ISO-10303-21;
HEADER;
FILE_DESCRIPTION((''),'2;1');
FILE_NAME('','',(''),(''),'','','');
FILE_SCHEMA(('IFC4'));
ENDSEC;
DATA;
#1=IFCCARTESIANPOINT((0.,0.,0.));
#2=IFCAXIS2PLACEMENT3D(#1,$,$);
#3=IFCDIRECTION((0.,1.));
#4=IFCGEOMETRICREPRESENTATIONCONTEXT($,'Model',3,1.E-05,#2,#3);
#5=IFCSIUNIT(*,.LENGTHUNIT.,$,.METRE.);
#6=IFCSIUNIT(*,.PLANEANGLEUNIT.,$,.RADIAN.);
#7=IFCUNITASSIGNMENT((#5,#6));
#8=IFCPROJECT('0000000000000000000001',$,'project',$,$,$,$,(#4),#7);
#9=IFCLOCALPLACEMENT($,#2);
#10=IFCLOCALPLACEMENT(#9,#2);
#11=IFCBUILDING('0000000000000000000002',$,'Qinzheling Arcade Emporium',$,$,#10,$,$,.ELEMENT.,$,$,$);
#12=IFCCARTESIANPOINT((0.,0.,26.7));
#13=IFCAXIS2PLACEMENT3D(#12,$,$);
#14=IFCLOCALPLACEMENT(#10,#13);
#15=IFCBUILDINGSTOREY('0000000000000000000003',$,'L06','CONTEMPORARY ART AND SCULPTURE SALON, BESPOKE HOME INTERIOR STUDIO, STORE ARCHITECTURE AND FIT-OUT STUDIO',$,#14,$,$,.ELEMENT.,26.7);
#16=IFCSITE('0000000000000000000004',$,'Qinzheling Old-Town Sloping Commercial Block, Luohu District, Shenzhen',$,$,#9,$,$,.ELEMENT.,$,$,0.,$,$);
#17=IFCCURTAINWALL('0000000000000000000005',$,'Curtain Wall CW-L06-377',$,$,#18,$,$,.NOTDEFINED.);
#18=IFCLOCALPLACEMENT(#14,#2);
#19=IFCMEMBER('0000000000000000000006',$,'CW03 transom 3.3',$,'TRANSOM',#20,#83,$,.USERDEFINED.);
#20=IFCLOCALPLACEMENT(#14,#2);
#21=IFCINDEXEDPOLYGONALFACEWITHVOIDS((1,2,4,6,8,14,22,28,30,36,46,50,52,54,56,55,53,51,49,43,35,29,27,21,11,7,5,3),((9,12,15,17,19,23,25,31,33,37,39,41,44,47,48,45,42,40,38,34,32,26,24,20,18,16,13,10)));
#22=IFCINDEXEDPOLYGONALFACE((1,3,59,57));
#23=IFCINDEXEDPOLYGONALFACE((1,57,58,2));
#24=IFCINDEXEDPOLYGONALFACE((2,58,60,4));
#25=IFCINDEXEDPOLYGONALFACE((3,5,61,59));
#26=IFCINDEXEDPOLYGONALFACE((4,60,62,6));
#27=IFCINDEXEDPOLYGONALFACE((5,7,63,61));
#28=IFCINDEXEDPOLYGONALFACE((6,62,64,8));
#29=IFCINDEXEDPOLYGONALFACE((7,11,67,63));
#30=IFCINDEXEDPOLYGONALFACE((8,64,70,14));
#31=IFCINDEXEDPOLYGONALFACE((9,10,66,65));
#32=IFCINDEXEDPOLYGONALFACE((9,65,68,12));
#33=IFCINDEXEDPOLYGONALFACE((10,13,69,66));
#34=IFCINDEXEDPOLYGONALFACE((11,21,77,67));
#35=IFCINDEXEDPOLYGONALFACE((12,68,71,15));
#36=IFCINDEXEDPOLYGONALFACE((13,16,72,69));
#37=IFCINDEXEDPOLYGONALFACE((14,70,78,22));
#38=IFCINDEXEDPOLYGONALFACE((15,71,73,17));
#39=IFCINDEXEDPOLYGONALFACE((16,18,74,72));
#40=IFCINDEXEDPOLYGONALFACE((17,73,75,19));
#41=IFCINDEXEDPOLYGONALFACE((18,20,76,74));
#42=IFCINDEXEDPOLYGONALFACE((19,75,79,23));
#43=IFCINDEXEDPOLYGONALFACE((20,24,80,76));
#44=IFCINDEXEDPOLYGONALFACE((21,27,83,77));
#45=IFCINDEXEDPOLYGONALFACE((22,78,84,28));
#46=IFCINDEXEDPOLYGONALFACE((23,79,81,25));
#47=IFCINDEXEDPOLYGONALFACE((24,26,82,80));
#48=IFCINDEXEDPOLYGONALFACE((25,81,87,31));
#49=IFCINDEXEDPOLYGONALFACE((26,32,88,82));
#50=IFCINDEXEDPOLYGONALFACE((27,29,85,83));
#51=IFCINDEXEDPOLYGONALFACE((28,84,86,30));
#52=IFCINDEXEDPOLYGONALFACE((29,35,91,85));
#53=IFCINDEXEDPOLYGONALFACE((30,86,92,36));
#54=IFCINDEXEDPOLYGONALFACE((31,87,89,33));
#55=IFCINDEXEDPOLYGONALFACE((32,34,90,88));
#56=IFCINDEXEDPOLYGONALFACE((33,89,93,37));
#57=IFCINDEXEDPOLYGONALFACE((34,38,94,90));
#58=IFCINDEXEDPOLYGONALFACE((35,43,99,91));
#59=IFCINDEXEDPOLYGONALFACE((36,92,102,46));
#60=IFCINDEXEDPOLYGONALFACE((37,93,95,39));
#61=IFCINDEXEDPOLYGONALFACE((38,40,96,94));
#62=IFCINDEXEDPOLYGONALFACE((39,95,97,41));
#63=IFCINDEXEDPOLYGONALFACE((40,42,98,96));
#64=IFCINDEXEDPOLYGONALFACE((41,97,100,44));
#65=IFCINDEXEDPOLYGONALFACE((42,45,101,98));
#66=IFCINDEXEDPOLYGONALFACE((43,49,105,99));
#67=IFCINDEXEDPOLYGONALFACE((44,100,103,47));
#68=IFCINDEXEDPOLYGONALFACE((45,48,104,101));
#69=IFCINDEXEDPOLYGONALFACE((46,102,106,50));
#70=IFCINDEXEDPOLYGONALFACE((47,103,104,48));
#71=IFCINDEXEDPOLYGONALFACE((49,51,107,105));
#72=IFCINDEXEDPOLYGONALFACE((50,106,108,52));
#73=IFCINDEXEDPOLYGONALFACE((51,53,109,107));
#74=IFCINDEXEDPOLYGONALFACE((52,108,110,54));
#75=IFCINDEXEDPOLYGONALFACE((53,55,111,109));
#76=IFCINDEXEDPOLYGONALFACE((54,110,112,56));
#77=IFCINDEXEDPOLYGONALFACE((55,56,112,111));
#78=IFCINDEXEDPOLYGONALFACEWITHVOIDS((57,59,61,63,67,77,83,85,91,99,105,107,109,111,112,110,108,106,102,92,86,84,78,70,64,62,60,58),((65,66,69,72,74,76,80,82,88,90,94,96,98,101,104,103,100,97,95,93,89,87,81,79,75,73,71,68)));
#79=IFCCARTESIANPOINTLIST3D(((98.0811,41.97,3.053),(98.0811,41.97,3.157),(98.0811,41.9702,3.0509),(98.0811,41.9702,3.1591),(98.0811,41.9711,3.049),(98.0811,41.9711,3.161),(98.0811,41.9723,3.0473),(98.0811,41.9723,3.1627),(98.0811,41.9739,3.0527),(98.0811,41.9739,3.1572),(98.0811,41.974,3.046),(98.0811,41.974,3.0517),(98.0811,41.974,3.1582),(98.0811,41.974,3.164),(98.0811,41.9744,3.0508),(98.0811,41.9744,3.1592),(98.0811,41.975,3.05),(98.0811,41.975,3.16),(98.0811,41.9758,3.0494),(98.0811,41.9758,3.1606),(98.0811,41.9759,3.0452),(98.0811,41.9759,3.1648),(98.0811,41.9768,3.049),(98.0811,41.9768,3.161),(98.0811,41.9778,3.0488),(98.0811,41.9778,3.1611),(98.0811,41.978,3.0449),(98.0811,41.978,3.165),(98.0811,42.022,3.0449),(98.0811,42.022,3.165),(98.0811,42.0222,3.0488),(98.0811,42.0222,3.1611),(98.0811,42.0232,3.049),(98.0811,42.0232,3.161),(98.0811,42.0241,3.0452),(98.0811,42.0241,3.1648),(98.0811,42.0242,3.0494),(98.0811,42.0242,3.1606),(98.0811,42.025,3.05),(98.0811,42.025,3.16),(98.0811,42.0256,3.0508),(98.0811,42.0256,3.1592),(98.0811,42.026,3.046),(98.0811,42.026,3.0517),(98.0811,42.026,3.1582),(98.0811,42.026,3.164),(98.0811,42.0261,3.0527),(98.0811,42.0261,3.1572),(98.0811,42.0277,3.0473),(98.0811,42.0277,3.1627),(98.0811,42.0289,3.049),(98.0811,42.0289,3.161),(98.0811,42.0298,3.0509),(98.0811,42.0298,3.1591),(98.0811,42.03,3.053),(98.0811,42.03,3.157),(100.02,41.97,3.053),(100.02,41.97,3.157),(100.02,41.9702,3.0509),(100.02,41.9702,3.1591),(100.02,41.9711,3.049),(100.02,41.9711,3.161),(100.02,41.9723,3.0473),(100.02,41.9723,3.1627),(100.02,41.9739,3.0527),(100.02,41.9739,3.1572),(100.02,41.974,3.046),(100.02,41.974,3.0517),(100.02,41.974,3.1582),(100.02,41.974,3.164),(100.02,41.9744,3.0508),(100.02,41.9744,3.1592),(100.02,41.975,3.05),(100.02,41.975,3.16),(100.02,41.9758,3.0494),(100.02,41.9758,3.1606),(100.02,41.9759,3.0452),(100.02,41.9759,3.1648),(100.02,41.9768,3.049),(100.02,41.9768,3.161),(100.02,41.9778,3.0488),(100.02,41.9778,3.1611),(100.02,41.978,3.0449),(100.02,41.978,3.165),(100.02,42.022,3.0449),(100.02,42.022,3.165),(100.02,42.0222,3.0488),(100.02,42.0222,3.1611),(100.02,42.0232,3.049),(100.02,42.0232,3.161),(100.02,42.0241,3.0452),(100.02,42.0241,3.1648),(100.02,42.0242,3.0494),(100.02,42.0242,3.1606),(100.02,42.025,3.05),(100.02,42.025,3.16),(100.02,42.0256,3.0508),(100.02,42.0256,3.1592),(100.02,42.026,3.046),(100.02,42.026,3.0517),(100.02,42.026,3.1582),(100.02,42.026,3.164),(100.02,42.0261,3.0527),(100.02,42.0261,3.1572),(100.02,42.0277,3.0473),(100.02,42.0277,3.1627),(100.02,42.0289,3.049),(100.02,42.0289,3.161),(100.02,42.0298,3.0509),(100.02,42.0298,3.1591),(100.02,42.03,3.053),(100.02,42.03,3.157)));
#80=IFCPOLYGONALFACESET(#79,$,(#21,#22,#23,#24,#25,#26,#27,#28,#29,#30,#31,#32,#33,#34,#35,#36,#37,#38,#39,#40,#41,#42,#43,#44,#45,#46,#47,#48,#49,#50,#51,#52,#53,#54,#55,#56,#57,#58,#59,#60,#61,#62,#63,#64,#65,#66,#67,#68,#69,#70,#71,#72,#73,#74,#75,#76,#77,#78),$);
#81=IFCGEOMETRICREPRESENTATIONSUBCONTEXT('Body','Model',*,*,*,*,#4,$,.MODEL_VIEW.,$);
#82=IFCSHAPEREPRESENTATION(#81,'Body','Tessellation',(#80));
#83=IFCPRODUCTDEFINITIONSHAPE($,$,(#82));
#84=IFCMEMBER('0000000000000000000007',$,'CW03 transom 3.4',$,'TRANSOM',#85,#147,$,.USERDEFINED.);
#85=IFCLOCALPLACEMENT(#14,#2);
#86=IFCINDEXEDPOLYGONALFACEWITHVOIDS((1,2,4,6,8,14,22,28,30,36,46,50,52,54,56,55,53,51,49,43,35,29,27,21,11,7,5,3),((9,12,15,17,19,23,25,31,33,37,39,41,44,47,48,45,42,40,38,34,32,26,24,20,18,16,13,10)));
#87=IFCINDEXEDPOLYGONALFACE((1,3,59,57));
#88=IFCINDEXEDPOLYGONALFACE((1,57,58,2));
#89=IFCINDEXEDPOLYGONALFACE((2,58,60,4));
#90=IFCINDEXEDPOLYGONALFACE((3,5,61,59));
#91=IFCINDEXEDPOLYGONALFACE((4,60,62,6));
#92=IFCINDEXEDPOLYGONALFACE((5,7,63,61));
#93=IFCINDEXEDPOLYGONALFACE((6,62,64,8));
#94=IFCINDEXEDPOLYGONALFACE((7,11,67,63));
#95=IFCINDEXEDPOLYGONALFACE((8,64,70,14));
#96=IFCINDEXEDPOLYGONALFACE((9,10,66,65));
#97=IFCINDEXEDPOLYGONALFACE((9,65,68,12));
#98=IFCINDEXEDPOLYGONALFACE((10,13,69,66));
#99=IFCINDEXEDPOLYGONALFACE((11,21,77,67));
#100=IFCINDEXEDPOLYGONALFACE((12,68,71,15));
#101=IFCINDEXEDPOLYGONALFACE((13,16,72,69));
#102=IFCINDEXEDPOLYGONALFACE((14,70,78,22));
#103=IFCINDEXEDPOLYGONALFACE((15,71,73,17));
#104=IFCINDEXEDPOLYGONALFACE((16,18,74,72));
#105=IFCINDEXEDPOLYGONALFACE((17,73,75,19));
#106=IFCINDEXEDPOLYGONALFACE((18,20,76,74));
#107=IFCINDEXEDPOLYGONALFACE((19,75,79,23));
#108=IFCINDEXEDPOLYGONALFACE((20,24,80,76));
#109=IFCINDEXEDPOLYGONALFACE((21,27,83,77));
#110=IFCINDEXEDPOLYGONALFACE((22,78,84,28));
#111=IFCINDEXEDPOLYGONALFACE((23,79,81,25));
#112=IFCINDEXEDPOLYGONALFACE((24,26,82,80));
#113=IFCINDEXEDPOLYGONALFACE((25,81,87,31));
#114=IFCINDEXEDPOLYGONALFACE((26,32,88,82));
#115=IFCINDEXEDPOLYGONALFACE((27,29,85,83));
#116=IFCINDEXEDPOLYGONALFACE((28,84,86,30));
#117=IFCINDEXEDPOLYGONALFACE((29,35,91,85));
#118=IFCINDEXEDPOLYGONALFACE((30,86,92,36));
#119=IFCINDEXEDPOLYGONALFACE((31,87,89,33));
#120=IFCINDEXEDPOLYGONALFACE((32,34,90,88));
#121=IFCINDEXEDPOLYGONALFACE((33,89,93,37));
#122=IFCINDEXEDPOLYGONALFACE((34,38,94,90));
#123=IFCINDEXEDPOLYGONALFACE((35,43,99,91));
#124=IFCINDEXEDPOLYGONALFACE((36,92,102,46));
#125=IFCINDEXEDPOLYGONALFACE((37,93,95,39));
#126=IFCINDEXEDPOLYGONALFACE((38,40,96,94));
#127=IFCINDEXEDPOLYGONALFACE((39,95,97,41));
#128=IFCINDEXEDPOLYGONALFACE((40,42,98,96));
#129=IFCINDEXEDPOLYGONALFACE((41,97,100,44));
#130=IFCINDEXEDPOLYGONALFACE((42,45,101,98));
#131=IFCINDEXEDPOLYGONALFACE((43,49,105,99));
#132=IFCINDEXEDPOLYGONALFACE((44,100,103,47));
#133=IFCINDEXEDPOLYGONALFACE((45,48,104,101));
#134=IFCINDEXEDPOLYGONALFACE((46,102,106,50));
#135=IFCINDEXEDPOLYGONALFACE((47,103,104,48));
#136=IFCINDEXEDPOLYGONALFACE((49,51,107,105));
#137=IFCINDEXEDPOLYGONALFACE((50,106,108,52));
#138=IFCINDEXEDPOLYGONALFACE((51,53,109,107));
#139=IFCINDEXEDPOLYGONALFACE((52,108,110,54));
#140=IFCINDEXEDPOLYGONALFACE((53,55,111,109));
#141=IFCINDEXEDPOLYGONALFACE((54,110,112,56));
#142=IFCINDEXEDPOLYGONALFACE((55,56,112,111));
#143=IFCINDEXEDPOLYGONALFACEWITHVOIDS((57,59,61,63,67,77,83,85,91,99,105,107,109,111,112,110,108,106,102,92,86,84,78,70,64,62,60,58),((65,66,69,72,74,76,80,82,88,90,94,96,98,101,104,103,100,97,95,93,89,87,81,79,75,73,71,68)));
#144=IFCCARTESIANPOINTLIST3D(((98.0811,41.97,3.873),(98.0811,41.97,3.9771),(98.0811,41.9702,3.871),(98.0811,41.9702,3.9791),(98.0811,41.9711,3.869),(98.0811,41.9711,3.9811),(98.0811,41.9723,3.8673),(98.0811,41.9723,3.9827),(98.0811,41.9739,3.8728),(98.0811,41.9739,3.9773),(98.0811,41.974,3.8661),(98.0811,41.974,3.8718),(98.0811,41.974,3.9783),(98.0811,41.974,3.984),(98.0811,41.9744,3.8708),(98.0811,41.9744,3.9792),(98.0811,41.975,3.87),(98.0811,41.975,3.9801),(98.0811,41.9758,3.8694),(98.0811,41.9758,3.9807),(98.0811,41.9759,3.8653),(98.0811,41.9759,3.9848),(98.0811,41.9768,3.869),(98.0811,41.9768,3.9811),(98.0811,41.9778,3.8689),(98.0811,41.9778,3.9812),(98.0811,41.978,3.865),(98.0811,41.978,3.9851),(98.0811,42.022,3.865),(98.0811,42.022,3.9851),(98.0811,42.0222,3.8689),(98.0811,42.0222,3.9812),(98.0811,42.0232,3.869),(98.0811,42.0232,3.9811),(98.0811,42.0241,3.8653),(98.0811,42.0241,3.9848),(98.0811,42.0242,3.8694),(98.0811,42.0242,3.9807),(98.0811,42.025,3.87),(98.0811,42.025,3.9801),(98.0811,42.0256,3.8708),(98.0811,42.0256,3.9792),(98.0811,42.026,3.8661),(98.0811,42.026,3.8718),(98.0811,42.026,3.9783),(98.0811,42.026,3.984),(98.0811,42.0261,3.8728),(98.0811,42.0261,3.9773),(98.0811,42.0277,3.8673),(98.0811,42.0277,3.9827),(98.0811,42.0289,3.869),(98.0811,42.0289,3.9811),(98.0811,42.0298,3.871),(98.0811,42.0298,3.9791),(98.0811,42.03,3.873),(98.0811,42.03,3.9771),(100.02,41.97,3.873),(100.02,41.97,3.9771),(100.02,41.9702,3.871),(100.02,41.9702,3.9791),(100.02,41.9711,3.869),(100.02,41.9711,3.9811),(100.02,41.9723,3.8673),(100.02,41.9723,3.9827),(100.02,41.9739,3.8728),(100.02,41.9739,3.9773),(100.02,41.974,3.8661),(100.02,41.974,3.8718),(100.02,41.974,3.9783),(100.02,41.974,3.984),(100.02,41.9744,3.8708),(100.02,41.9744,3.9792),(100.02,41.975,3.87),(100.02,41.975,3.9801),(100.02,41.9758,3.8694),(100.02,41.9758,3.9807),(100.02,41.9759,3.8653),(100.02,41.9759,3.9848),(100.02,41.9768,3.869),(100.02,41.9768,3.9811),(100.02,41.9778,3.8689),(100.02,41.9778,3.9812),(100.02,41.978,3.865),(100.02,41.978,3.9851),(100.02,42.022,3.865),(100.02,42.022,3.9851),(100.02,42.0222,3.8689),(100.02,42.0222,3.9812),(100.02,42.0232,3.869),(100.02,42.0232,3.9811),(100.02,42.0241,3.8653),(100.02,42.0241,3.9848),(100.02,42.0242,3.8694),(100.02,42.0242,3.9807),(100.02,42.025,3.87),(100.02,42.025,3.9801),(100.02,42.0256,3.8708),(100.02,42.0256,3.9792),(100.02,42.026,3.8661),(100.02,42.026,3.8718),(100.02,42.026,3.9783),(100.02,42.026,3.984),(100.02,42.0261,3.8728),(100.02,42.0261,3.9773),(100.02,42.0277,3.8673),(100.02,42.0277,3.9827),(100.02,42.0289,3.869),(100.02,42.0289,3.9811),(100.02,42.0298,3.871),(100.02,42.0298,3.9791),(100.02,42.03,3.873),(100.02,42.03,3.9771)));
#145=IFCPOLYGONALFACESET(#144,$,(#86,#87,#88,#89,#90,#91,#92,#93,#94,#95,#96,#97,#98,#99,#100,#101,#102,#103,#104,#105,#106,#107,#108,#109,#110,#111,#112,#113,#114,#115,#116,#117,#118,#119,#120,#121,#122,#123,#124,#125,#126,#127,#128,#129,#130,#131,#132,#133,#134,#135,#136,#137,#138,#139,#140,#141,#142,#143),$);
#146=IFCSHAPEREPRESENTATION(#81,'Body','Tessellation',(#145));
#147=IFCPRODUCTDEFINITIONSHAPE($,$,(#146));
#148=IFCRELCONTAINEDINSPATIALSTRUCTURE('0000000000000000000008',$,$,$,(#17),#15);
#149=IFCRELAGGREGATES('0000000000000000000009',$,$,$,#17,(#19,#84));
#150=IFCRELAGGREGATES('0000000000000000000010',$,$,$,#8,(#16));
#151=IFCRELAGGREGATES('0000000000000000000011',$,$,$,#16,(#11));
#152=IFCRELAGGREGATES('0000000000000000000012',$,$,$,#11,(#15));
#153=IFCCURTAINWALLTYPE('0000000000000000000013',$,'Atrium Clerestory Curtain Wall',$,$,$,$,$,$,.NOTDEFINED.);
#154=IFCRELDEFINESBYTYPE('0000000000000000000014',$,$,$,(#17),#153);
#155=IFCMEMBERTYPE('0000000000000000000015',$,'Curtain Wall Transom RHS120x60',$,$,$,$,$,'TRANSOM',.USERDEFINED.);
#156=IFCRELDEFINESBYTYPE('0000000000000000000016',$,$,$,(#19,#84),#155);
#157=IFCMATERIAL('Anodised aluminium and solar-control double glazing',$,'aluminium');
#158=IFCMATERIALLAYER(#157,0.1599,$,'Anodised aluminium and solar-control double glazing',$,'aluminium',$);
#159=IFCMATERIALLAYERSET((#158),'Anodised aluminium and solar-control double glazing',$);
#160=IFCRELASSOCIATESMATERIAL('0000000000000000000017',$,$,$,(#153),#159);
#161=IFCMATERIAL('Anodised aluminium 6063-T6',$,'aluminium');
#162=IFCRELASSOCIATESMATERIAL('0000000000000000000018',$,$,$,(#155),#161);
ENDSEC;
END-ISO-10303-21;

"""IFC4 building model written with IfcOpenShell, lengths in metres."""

from ifc_helpers import new_model, si_unit, direction, frame, origin, origin_2d, place, context, subcontext, project, spatial, hollow_rectangle, extrude, material, layer, layer_set, material_profile, profile_set, type_object, element, aggregate, save


model = new_model("IFC4")

# Units and contexts
model_context = context("Model", 3, precision=1e-05, world=origin(), true_north=direction((0.0, 1.0)))
body_context = subcontext(model_context, "Body", "Model", "MODEL_VIEW")
ifc_project = project(units=[si_unit("LENGTHUNIT", "METRE"), si_unit("PLANEANGLEUNIT", "RADIAN")], contexts=[model_context])

# Site, building, storey
site_placement = place(None, origin())
site = spatial("IfcSite", under=ifc_project, at=site_placement, Name="Qinzheling Old-Town Sloping Commercial Block, Luohu District, Shenzhen", CompositionType="ELEMENT", RefElevation=0.0)
building_placement = place(site_placement, origin())
building = spatial("IfcBuilding", under=site, at=building_placement, Name="Qinzheling Arcade Emporium", CompositionType="ELEMENT")
storey_placement = place(building_placement, frame((0.0, 0.0, 26.7)))
storey = spatial("IfcBuildingStorey", under=building, at=storey_placement, Name="L06", Description="CONTEMPORARY ART AND SCULPTURE SALON, BESPOKE HOME INTERIOR STUDIO, STORE ARCHITECTURE AND FIT-OUT STUDIO", CompositionType="ELEMENT", Elevation=26.7)

# Curtain wall, members
ifc_material_1 = material(Name="Anodised aluminium and solar-control double glazing", Category="aluminium")
ifc_layer_1 = layer(ifc_material_1, 0.1599, Name="Anodised aluminium and solar-control double glazing", Category="aluminium")
ifc_layer_set_1 = layer_set([ifc_layer_1], Name="Anodised aluminium and solar-control double glazing")
curtain_wall_type = type_object("IfcCurtainWallType", Name="Atrium Clerestory Curtain Wall", PredefinedType="NOTDEFINED", material=ifc_layer_set_1)
curtain_wall_placement = place(storey_placement, origin())
curtain_wall = element("IfcCurtainWall", 1, at=curtain_wall_placement, inside=storey, type_object=curtain_wall_type, Name="Curtain Wall CW-L06-377", PredefinedType="NOTDEFINED")
ifc_material_2 = material(Name="Anodised aluminium 6063-T6", Category="aluminium")
ifc_material_profile_1 = material_profile(ifc_material_2, hollow_rectangle(XDim=0.0601, YDim=0.1201, WallThickness=0.0039, InnerFilletRadius=0.0039, OuterFilletRadius=0.0081, at=origin_2d()), Name="RHS 120x60x4", Category="aluminium")
ifc_profile_set_1 = profile_set([ifc_material_profile_1], Name="Anodised aluminium 6063-T6")
member_type_1 = type_object("IfcMemberType", Name="Curtain Wall Transom RHS120x60", ElementType="TRANSOM", PredefinedType="USERDEFINED", material=ifc_profile_set_1)
member_1_placement = place(storey_placement, frame((100.02, 42.0, 3.105), z_axis=(-1.0, 0.0, 0.0), x_axis=(0.0, -1.0, 0.0)))
member_1 = element("IfcMember", 2, at=member_1_placement, type_object=member_type_1, Name="CW03 transom 3.3", ObjectType="TRANSOM", PredefinedType="USERDEFINED", context=body_context, shape_type="SweptSolid", body=[
    extrude(hollow_rectangle(XDim=0.0601, YDim=0.1201, WallThickness=0.0039, InnerFilletRadius=0.0039, OuterFilletRadius=0.0081, at=origin_2d()), origin(), (0.0, 0.0, 1.0), 1.939),
])
member_2_placement = place(storey_placement, frame((100.02, 42.0, 3.925), z_axis=(-1.0, 0.0, 0.0), x_axis=(0.0, -1.0, 0.0)))
member_2 = element("IfcMember", 3, at=member_2_placement, type_object=member_type_1, Name="CW03 transom 3.4", ObjectType="TRANSOM", PredefinedType="USERDEFINED", context=body_context, shape_type="SweptSolid", body=[
    extrude(hollow_rectangle(XDim=0.0601, YDim=0.1201, WallThickness=0.0039, InnerFilletRadius=0.0039, OuterFilletRadius=0.0081, at=origin_2d()), origin(), (0.0, 0.0, 1.0), 1.939),
])
aggregate(curtain_wall, [member_1, member_2])

save(model, "model.ifc")
